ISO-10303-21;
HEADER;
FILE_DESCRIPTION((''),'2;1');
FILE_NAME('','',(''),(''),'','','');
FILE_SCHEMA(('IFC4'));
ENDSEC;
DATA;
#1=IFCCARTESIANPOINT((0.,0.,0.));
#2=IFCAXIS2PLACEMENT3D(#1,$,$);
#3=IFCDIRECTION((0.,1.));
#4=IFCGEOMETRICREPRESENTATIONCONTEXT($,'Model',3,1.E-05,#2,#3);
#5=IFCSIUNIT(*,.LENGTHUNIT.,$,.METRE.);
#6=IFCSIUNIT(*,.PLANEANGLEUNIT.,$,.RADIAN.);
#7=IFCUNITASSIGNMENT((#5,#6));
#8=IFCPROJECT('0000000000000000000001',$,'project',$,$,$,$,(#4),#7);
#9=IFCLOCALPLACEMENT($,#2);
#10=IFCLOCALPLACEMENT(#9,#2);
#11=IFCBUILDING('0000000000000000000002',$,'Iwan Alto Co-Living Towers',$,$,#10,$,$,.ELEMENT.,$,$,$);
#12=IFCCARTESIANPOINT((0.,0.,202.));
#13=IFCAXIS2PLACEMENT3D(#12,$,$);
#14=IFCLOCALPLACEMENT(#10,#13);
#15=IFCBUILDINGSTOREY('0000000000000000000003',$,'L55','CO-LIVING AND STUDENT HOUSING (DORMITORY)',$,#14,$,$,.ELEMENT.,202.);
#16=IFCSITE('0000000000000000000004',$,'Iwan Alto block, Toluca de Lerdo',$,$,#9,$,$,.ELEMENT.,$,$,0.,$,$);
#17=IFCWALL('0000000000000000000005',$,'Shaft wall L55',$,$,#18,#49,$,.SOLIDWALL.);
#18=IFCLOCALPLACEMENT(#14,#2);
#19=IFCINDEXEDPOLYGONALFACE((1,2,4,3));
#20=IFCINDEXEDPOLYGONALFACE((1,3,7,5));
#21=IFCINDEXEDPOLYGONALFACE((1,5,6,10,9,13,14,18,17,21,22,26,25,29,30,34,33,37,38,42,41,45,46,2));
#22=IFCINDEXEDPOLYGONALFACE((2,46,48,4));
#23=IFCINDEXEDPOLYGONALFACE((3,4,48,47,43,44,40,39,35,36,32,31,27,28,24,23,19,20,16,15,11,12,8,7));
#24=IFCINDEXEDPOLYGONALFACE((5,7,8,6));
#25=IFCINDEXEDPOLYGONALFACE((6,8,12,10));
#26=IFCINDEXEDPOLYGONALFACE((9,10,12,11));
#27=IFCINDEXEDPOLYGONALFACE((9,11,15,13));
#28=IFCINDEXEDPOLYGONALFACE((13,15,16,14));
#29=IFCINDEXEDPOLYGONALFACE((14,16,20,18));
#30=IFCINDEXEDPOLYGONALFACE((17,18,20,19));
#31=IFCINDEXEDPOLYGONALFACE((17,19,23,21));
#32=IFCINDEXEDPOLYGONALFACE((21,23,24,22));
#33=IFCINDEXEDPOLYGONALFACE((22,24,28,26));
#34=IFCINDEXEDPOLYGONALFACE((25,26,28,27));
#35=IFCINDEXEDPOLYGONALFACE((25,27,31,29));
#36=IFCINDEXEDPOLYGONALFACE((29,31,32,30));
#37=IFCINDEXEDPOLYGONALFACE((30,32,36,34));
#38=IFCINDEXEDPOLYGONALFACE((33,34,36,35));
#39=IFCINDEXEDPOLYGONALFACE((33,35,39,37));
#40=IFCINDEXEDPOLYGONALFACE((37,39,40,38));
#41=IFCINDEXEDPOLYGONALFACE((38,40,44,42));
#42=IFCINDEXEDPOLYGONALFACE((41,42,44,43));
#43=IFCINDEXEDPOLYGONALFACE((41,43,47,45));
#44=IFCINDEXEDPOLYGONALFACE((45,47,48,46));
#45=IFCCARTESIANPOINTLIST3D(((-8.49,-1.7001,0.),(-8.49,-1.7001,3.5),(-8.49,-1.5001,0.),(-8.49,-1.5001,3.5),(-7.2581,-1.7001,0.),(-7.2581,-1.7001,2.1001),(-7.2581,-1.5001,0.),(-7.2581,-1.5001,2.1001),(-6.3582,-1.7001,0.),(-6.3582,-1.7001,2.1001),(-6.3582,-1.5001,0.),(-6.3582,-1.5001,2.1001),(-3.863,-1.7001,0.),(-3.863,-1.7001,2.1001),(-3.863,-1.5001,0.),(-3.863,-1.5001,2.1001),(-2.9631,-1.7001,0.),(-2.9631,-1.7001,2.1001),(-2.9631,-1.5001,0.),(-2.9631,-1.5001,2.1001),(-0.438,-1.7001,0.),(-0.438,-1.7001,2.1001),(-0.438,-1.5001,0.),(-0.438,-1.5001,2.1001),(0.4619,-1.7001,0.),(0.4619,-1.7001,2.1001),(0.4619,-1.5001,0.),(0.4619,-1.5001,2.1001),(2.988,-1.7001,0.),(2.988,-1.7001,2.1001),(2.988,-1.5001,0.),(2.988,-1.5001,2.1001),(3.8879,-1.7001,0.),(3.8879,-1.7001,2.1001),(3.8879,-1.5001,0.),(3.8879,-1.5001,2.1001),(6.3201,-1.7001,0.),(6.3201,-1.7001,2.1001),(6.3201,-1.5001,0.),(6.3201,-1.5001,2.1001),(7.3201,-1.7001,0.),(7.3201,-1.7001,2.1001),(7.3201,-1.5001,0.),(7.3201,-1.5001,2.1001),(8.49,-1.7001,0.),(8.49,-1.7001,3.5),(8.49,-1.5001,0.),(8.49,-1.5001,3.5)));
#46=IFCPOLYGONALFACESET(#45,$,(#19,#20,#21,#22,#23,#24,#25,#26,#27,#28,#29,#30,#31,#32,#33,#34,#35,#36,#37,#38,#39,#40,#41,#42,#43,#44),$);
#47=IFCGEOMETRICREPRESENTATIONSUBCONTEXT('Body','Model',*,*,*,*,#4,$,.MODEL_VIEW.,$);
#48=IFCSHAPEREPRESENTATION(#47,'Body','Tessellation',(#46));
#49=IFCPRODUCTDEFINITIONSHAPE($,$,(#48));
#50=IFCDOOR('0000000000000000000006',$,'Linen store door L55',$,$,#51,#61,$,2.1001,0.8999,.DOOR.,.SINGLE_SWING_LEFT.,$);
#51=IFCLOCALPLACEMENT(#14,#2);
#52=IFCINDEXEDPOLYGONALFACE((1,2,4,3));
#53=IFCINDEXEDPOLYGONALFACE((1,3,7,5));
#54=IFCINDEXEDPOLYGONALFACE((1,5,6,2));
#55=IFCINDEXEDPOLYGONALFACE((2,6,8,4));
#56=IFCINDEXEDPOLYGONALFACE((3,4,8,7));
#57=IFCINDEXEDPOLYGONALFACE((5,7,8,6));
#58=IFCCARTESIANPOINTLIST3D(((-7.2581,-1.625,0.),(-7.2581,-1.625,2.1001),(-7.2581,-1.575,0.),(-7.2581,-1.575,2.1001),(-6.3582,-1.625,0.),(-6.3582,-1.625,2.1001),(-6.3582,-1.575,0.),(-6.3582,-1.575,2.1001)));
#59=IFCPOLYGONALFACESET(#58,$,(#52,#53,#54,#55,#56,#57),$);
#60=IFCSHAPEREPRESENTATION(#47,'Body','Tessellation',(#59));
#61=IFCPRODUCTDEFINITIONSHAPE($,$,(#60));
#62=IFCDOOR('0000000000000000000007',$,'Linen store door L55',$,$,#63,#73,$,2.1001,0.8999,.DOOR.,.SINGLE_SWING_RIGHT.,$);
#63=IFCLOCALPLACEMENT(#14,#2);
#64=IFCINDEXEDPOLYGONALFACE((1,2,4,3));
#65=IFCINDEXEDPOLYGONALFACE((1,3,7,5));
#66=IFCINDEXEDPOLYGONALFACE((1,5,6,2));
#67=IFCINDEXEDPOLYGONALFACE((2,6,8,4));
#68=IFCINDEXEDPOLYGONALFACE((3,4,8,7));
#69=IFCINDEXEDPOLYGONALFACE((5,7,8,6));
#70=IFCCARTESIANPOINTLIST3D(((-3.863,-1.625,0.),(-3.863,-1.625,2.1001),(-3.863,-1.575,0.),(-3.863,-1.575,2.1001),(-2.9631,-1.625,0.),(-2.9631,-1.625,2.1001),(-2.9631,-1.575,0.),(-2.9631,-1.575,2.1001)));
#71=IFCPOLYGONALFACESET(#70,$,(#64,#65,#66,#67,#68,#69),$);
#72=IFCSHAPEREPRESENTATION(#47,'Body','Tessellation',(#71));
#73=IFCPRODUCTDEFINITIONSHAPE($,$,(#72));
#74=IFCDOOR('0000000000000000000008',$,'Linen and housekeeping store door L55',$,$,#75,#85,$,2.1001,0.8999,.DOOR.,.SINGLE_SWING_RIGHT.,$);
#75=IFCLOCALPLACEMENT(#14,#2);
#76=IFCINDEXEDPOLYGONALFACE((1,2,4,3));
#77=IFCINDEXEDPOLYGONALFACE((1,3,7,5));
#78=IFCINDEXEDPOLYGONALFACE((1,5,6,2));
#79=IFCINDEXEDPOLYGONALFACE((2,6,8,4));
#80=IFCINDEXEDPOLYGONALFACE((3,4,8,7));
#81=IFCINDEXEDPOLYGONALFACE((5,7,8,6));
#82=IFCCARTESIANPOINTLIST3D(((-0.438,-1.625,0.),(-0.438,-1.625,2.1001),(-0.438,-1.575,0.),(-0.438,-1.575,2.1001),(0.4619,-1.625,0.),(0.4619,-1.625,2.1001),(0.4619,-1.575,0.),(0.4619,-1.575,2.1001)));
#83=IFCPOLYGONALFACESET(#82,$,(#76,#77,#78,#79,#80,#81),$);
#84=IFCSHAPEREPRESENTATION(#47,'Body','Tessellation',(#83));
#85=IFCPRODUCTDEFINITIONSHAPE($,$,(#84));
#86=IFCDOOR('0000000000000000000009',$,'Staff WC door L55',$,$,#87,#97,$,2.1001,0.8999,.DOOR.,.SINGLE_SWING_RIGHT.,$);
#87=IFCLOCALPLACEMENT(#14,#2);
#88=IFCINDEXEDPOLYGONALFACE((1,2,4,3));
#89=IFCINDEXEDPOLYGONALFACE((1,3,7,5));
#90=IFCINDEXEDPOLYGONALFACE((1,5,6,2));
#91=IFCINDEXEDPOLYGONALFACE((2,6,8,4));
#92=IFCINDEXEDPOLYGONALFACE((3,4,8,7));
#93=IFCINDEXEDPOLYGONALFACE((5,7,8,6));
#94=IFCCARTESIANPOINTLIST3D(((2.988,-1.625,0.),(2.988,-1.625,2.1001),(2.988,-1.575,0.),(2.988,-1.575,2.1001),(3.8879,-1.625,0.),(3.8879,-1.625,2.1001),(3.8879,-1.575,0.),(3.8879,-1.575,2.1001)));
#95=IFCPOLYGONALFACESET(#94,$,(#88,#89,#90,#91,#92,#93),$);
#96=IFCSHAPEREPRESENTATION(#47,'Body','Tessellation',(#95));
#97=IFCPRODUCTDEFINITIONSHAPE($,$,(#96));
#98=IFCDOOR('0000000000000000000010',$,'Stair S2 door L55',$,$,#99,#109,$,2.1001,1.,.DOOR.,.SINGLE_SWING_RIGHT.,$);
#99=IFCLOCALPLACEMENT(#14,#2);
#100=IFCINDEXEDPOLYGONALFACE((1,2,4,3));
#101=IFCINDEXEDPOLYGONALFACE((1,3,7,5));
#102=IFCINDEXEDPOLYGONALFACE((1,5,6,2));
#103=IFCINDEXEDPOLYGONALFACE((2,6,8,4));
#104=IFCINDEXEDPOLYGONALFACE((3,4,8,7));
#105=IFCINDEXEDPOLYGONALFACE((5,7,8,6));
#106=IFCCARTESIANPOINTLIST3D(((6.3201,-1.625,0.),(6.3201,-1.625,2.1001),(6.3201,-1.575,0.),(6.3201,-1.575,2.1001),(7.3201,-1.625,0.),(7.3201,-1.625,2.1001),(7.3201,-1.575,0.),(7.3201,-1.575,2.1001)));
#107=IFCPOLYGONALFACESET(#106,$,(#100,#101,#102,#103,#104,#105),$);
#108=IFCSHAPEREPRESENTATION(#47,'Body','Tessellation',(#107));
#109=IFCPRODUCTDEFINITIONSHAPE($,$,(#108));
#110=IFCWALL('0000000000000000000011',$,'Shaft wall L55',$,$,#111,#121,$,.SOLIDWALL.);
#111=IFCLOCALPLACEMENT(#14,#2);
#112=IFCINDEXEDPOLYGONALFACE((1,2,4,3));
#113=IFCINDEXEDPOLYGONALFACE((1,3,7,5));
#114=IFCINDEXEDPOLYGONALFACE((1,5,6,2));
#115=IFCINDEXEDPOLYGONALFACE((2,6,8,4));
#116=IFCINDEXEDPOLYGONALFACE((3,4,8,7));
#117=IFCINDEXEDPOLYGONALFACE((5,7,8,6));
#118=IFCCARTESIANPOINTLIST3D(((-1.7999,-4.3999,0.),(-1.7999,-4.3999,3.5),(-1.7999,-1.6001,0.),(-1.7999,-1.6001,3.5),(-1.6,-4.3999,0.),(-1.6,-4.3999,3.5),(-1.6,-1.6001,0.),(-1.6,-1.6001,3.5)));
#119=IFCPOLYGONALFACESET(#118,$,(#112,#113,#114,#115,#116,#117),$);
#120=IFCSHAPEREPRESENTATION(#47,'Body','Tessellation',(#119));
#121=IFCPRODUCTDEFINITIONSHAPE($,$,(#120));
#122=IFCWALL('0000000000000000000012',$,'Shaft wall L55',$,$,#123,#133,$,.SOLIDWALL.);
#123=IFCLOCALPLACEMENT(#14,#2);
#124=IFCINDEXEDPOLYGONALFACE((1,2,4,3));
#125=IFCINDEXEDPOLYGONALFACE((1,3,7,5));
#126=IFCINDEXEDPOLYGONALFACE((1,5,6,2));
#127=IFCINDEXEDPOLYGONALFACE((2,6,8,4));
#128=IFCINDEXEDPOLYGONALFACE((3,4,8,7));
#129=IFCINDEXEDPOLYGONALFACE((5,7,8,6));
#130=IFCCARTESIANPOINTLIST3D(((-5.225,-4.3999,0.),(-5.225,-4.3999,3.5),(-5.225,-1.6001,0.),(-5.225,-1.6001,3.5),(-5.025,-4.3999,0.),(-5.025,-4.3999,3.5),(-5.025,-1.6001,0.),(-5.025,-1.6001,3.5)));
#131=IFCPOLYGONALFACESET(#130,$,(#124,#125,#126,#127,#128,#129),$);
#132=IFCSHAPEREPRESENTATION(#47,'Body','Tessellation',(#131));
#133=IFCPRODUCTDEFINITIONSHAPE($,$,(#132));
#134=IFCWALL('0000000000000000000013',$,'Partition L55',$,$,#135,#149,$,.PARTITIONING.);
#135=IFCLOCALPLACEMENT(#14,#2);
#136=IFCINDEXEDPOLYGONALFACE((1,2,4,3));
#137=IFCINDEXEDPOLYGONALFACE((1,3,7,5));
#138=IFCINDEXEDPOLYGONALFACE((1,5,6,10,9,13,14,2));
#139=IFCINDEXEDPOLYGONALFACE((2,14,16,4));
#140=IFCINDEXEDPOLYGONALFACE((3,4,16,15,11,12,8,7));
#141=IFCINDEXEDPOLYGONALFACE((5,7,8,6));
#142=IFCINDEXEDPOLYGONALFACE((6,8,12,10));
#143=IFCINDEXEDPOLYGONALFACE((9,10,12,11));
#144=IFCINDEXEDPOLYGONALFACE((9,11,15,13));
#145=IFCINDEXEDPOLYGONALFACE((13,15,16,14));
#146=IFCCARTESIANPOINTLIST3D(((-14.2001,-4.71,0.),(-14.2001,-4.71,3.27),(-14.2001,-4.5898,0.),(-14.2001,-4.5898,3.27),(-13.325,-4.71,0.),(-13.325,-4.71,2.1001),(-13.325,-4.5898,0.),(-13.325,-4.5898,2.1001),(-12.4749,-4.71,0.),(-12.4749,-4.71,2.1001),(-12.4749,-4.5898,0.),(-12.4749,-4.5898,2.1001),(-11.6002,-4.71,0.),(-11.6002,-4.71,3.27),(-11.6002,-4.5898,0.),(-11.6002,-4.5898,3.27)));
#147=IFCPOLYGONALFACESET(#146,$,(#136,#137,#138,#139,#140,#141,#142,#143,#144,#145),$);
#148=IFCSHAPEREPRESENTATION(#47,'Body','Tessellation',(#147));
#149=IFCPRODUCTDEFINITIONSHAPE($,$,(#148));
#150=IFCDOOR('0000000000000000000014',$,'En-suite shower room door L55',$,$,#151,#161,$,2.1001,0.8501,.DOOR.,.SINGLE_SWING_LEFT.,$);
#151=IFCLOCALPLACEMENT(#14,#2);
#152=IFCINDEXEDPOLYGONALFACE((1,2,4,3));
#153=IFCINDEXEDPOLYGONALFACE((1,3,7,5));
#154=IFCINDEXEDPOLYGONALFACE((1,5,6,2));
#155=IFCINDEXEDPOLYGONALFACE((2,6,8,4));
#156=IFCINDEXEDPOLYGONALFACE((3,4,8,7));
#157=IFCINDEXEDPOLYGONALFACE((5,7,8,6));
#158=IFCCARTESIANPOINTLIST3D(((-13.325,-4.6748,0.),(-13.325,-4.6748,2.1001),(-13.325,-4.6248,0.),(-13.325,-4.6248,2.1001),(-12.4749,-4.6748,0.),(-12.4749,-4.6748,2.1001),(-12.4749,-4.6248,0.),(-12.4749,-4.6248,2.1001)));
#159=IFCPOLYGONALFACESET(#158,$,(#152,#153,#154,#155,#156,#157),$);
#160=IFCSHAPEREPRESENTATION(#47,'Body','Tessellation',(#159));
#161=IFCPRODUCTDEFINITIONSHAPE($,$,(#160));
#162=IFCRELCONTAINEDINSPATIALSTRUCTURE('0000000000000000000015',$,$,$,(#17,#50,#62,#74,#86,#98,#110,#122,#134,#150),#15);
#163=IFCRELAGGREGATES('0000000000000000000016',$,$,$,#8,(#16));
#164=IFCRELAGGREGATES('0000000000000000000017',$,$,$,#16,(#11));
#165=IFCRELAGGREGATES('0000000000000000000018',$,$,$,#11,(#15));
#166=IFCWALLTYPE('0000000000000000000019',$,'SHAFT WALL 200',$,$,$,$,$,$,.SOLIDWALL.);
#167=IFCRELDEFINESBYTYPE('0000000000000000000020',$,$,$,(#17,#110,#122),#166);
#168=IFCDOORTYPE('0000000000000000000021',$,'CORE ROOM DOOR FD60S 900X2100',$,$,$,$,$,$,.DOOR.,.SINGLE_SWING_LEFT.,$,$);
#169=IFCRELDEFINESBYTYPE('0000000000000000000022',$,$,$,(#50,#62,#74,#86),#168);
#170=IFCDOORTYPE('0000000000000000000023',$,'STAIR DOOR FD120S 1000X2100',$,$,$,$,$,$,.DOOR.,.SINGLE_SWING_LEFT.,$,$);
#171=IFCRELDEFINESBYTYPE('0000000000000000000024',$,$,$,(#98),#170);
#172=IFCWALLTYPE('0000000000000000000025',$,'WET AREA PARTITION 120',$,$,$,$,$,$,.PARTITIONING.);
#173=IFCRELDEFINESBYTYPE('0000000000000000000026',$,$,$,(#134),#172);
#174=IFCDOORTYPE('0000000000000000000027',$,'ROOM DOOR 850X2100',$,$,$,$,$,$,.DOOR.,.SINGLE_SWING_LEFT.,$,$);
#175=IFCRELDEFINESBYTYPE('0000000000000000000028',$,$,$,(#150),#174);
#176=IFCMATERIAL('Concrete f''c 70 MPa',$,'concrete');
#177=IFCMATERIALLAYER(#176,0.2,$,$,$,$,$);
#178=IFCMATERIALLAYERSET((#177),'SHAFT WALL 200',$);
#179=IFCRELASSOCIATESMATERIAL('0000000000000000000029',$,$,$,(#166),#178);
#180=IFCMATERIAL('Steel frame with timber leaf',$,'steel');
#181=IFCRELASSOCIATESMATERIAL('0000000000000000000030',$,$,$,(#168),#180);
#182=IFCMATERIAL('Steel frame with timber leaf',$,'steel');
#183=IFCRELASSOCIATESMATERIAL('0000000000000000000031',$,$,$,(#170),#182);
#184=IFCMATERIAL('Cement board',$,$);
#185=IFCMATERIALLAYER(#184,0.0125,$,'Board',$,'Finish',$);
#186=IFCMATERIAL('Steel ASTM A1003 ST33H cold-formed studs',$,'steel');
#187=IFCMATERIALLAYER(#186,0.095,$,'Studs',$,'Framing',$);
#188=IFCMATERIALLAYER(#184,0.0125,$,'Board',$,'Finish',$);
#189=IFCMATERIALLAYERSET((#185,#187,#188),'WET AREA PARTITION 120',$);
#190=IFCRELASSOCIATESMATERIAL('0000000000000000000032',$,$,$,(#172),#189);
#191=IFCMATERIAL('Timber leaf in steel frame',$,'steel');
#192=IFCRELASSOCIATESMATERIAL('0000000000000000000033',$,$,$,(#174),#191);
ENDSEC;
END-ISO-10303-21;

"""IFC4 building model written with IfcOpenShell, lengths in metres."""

from ifc_helpers import new_model, si_unit, direction, frame, frame_2d, origin, place, context, subcontext, project, spatial, rectangle, extrude, material, layer, layer_set, type_object, element, fill, save


model = new_model("IFC4")

# Units and contexts
model_context = context("Model", 3, precision=1e-05, world=origin(), true_north=direction((0.0, 1.0)))
body_context = subcontext(model_context, "Body", "Model", "MODEL_VIEW")
ifc_project = project(units=[si_unit("LENGTHUNIT", "METRE"), si_unit("PLANEANGLEUNIT", "RADIAN")], contexts=[model_context])

# Site, building, storey
site_placement = place(None, origin())
site = spatial("IfcSite", under=ifc_project, at=site_placement, Name="Iwan Alto block, Toluca de Lerdo", CompositionType="ELEMENT", RefElevation=0.0)
building_placement = place(site_placement, origin())
building = spatial("IfcBuilding", under=site, at=building_placement, Name="Iwan Alto Co-Living Towers", CompositionType="ELEMENT")
storey_placement = place(building_placement, frame((0.0, 0.0, 202.0)))
storey = spatial("IfcBuildingStorey", under=building, at=storey_placement, Name="L55", Description="CO-LIVING AND STUDENT HOUSING (DORMITORY)", CompositionType="ELEMENT", Elevation=202.0)

# Shared definitions
ifc_material_1 = material(Name="Steel ASTM A1003 ST33H cold-formed studs", Category="steel")

# Shared definitions
ifc_material_2 = material(Name="Concrete f'c 70 MPa", Category="concrete")
ifc_layer_1 = layer(ifc_material_2, 0.2)
ifc_layer_set_1 = layer_set([ifc_layer_1], Name="SHAFT WALL 200")
wall_type_1 = type_object("IfcWallType", Name="SHAFT WALL 200", PredefinedType="SOLIDWALL", material=ifc_layer_set_1)

# Wall, openings, doors
wall_1_placement = place(storey_placement, frame((-8.49, -1.6001, 0.0), z_axis=(0.0, 0.0, 1.0), x_axis=(1.0, 0.0, 0.0)))
wall_1 = element("IfcWall", 1, at=wall_1_placement, inside=storey, type_object=wall_type_1, Name="Shaft wall L55", PredefinedType="SOLIDWALL", context=body_context, shape_type="SweptSolid", body=[
    extrude(rectangle(XDim=16.98, YDim=0.2, at=frame_2d((8.49, 0.0))), origin(), (0.0, 0.0, 1.0), 3.5),
])
opening_1_placement = place(wall_1_placement, frame((14.8101, 0.0, 0.0)))
opening_1 = element("IfcOpeningElement", 2, at=opening_1_placement, cuts=wall_1, PredefinedType="OPENING", context=body_context, shape_type="SweptSolid", body=[
    extrude(rectangle(XDim=1.0, YDim=2.1001, at=frame_2d((0.5, 1.05))), frame((0.0, 0.1099, 0.0), z_axis=(0.0, -1.0, 0.0), x_axis=(1.0, 0.0, 0.0)), (0.0, 0.0, 1.0), 0.22),
])
opening_2_placement = place(wall_1_placement, frame((1.2319, 0.0, 0.0)))
opening_2 = element("IfcOpeningElement", 3, at=opening_2_placement, cuts=wall_1, PredefinedType="OPENING", context=body_context, shape_type="SweptSolid", body=[
    extrude(rectangle(XDim=0.8999, YDim=2.1001, at=frame_2d((0.45, 1.05))), frame((0.0, 0.1099, 0.0), z_axis=(0.0, -1.0, 0.0), x_axis=(1.0, 0.0, 0.0)), (0.0, 0.0, 1.0), 0.22),
])
opening_3_placement = place(wall_1_placement, frame((4.627, 0.0, 0.0)))
opening_3 = element("IfcOpeningElement", 4, at=opening_3_placement, cuts=wall_1, PredefinedType="OPENING", context=body_context, shape_type="SweptSolid", body=[
    extrude(rectangle(XDim=0.8999, YDim=2.1001, at=frame_2d((0.45, 1.05))), frame((0.0, 0.1099, 0.0), z_axis=(0.0, -1.0, 0.0), x_axis=(1.0, 0.0, 0.0)), (0.0, 0.0, 1.0), 0.22),
])
opening_4_placement = place(wall_1_placement, frame((8.052, 0.0, 0.0)))
opening_4 = element("IfcOpeningElement", 5, at=opening_4_placement, cuts=wall_1, PredefinedType="OPENING", context=body_context, shape_type="SweptSolid", body=[
    extrude(rectangle(XDim=0.8999, YDim=2.1001, at=frame_2d((0.45, 1.05))), frame((0.0, 0.1099, 0.0), z_axis=(0.0, -1.0, 0.0), x_axis=(1.0, 0.0, 0.0)), (0.0, 0.0, 1.0), 0.22),
])
opening_5_placement = place(wall_1_placement, frame((11.478, 0.0, 0.0)))
opening_5 = element("IfcOpeningElement", 6, at=opening_5_placement, cuts=wall_1, PredefinedType="OPENING", context=body_context, shape_type="SweptSolid", body=[
    extrude(rectangle(XDim=0.8999, YDim=2.1001, at=frame_2d((0.45, 1.05))), frame((0.0, 0.1099, 0.0), z_axis=(0.0, -1.0, 0.0), x_axis=(1.0, 0.0, 0.0)), (0.0, 0.0, 1.0), 0.22),
])
ifc_material_3 = material(Name="Steel frame with timber leaf", Category="steel")
door_type_1 = type_object("IfcDoorType", Name="CORE ROOM DOOR FD60S 900X2100", OperationType="SINGLE_SWING_LEFT", PredefinedType="DOOR", material=ifc_material_3)
door_1_placement = place(opening_2_placement, frame((0.8999, 0.0, 0.0), z_axis=(0.0, 0.0, 1.0), x_axis=(-1.0, 0.0, 0.0)))
door_1 = element("IfcDoor", 7, at=door_1_placement, inside=storey, type_object=door_type_1, Name="Linen store door L55", OperationType="SINGLE_SWING_LEFT", OverallHeight=2.1001, OverallWidth=0.8999, PredefinedType="DOOR", context=body_context, shape_type="SweptSolid", body=[
    extrude(rectangle(XDim=0.8999, YDim=2.1001, at=frame_2d((0.45, 1.05))), frame((0.0, 0.0249, 0.0), z_axis=(0.0, -1.0, 0.0), x_axis=(1.0, 0.0, 0.0)), (0.0, 0.0, 1.0), 0.05),
])
fill(opening_2, door_1)
door_2_placement = place(opening_3_placement, frame((0.8999, 0.0, 0.0), z_axis=(0.0, 0.0, 1.0), x_axis=(-1.0, 0.0, 0.0)))
door_2 = element("IfcDoor", 8, at=door_2_placement, inside=storey, type_object=door_type_1, Name="Linen store door L55", OperationType="SINGLE_SWING_RIGHT", OverallHeight=2.1001, OverallWidth=0.8999, PredefinedType="DOOR", context=body_context, shape_type="SweptSolid", body=[
    extrude(rectangle(XDim=0.8999, YDim=2.1001, at=frame_2d((0.45, 1.05))), frame((0.0, 0.0249, 0.0), z_axis=(0.0, -1.0, 0.0), x_axis=(1.0, 0.0, 0.0)), (0.0, 0.0, 1.0), 0.05),
])
fill(opening_3, door_2)
door_3_placement = place(opening_4_placement, frame((0.8999, 0.0, 0.0), z_axis=(0.0, 0.0, 1.0), x_axis=(-1.0, 0.0, 0.0)))
door_3 = element("IfcDoor", 9, at=door_3_placement, inside=storey, type_object=door_type_1, Name="Linen and housekeeping store door L55", OperationType="SINGLE_SWING_RIGHT", OverallHeight=2.1001, OverallWidth=0.8999, PredefinedType="DOOR", context=body_context, shape_type="SweptSolid", body=[
    extrude(rectangle(XDim=0.8999, YDim=2.1001, at=frame_2d((0.45, 1.05))), frame((0.0, 0.0249, 0.0), z_axis=(0.0, -1.0, 0.0), x_axis=(1.0, 0.0, 0.0)), (0.0, 0.0, 1.0), 0.05),
])
fill(opening_4, door_3)
door_4_placement = place(opening_5_placement, frame((0.8999, 0.0, 0.0), z_axis=(0.0, 0.0, 1.0), x_axis=(-1.0, 0.0, 0.0)))
door_4 = element("IfcDoor", 10, at=door_4_placement, inside=storey, type_object=door_type_1, Name="Staff WC door L55", OperationType="SINGLE_SWING_RIGHT", OverallHeight=2.1001, OverallWidth=0.8999, PredefinedType="DOOR", context=body_context, shape_type="SweptSolid", body=[
    extrude(rectangle(XDim=0.8999, YDim=2.1001, at=frame_2d((0.45, 1.05))), frame((0.0, 0.0249, 0.0), z_axis=(0.0, -1.0, 0.0), x_axis=(1.0, 0.0, 0.0)), (0.0, 0.0, 1.0), 0.05),
])
fill(opening_5, door_4)
ifc_material_4 = material(Name="Steel frame with timber leaf", Category="steel")
door_type_2 = type_object("IfcDoorType", Name="STAIR DOOR FD120S 1000X2100", OperationType="SINGLE_SWING_LEFT", PredefinedType="DOOR", material=ifc_material_4)
door_5_placement = place(opening_1_placement, frame((1.0, 0.0, 0.0), z_axis=(0.0, 0.0, 1.0), x_axis=(-1.0, 0.0, 0.0)))
door_5 = element("IfcDoor", 11, at=door_5_placement, inside=storey, type_object=door_type_2, Name="Stair S2 door L55", OperationType="SINGLE_SWING_RIGHT", OverallHeight=2.1001, OverallWidth=1.0, PredefinedType="DOOR", context=body_context, shape_type="SweptSolid", body=[
    extrude(rectangle(XDim=1.0, YDim=2.1001, at=frame_2d((0.5, 1.05))), frame((0.0, 0.0249, 0.0), z_axis=(0.0, -1.0, 0.0), x_axis=(1.0, 0.0, 0.0)), (0.0, 0.0, 1.0), 0.05),
])
fill(opening_1, door_5)

# Walls
for number, where, z_axis, x_axis, name in (
    (12, (-1.7, -4.3999, 0.0), (0.0, 0.0, 1.0), (0.0, 1.0, 0.0), "Shaft wall L55"),
    (13, (-5.125, -4.3999, 0.0), (0.0, 0.0, 1.0), (0.0, 1.0, 0.0), "Shaft wall L55"),
):
    element("IfcWall", number, at=place(storey_placement, frame(where, z_axis=z_axis, x_axis=x_axis)), inside=storey, type_object=wall_type_1, Name=name, PredefinedType="SOLIDWALL", context=body_context, shape_type="SweptSolid", body=[
        extrude(rectangle(XDim=2.7998, YDim=0.2, at=frame_2d((1.3999, 0.0))), origin(), (0.0, 0.0, 1.0), 3.5),
    ])

# Wall, opening, door
ifc_material_5 = material(Name="Cement board")
ifc_layer_2 = layer(ifc_material_5, 0.0125, Name="Board", Category="Finish")
ifc_layer_3 = layer(ifc_material_1, 0.095, Name="Studs", Category="Framing")
ifc_layer_4 = layer(ifc_material_5, 0.0125, Name="Board", Category="Finish")
ifc_layer_set_2 = layer_set([ifc_layer_2, ifc_layer_3, ifc_layer_4], Name="WET AREA PARTITION 120")
wall_type_2 = type_object("IfcWallType", Name="WET AREA PARTITION 120", PredefinedType="PARTITIONING", material=ifc_layer_set_2)
wall_2_placement = place(storey_placement, frame((-14.2, -4.6499, 0.0), z_axis=(0.0, 0.0, 1.0), x_axis=(1.0, 0.0, 0.0)))
wall_2 = element("IfcWall", 14, at=wall_2_placement, inside=storey, type_object=wall_type_2, Name="Partition L55", PredefinedType="PARTITIONING", context=body_context, shape_type="SweptSolid", body=[
    extrude(rectangle(XDim=2.5999, YDim=0.1201, at=frame_2d((1.2998, 0.0))), origin(), (0.0, 0.0, 1.0), 3.27),
])
opening_6_placement = place(wall_2_placement, frame((0.875, 0.0, 0.0)))
opening_6 = element("IfcOpeningElement", 15, at=opening_6_placement, cuts=wall_2, PredefinedType="OPENING", context=body_context, shape_type="SweptSolid", body=[
    extrude(rectangle(XDim=0.8501, YDim=2.1001, at=frame_2d((0.425, 1.05))), frame((0.0, 0.0701, 0.0), z_axis=(0.0, -1.0, 0.0), x_axis=(1.0, 0.0, 0.0)), (0.0, 0.0, 1.0), 0.1401),
])
ifc_material_6 = material(Name="Timber leaf in steel frame", Category="steel")
door_type_3 = type_object("IfcDoorType", Name="ROOM DOOR 850X2100", OperationType="SINGLE_SWING_LEFT", PredefinedType="DOOR", material=ifc_material_6)
door_6_placement = place(opening_6_placement, frame((0.8501, 0.0, 0.0), z_axis=(0.0, 0.0, 1.0), x_axis=(-1.0, 0.0, 0.0)))
door_6 = element("IfcDoor", 16, at=door_6_placement, inside=storey, type_object=door_type_3, Name="En-suite shower room door L55", OperationType="SINGLE_SWING_LEFT", OverallHeight=2.1001, OverallWidth=0.8501, PredefinedType="DOOR", context=body_context, shape_type="SweptSolid", body=[
    extrude(rectangle(XDim=0.8501, YDim=2.1001, at=frame_2d((0.425, 1.05))), frame((0.0, 0.0249, 0.0), z_axis=(0.0, -1.0, 0.0), x_axis=(1.0, 0.0, 0.0)), (0.0, 0.0, 1.0), 0.05),
])
fill(opening_6, door_6)

save(model, "model.ifc")
